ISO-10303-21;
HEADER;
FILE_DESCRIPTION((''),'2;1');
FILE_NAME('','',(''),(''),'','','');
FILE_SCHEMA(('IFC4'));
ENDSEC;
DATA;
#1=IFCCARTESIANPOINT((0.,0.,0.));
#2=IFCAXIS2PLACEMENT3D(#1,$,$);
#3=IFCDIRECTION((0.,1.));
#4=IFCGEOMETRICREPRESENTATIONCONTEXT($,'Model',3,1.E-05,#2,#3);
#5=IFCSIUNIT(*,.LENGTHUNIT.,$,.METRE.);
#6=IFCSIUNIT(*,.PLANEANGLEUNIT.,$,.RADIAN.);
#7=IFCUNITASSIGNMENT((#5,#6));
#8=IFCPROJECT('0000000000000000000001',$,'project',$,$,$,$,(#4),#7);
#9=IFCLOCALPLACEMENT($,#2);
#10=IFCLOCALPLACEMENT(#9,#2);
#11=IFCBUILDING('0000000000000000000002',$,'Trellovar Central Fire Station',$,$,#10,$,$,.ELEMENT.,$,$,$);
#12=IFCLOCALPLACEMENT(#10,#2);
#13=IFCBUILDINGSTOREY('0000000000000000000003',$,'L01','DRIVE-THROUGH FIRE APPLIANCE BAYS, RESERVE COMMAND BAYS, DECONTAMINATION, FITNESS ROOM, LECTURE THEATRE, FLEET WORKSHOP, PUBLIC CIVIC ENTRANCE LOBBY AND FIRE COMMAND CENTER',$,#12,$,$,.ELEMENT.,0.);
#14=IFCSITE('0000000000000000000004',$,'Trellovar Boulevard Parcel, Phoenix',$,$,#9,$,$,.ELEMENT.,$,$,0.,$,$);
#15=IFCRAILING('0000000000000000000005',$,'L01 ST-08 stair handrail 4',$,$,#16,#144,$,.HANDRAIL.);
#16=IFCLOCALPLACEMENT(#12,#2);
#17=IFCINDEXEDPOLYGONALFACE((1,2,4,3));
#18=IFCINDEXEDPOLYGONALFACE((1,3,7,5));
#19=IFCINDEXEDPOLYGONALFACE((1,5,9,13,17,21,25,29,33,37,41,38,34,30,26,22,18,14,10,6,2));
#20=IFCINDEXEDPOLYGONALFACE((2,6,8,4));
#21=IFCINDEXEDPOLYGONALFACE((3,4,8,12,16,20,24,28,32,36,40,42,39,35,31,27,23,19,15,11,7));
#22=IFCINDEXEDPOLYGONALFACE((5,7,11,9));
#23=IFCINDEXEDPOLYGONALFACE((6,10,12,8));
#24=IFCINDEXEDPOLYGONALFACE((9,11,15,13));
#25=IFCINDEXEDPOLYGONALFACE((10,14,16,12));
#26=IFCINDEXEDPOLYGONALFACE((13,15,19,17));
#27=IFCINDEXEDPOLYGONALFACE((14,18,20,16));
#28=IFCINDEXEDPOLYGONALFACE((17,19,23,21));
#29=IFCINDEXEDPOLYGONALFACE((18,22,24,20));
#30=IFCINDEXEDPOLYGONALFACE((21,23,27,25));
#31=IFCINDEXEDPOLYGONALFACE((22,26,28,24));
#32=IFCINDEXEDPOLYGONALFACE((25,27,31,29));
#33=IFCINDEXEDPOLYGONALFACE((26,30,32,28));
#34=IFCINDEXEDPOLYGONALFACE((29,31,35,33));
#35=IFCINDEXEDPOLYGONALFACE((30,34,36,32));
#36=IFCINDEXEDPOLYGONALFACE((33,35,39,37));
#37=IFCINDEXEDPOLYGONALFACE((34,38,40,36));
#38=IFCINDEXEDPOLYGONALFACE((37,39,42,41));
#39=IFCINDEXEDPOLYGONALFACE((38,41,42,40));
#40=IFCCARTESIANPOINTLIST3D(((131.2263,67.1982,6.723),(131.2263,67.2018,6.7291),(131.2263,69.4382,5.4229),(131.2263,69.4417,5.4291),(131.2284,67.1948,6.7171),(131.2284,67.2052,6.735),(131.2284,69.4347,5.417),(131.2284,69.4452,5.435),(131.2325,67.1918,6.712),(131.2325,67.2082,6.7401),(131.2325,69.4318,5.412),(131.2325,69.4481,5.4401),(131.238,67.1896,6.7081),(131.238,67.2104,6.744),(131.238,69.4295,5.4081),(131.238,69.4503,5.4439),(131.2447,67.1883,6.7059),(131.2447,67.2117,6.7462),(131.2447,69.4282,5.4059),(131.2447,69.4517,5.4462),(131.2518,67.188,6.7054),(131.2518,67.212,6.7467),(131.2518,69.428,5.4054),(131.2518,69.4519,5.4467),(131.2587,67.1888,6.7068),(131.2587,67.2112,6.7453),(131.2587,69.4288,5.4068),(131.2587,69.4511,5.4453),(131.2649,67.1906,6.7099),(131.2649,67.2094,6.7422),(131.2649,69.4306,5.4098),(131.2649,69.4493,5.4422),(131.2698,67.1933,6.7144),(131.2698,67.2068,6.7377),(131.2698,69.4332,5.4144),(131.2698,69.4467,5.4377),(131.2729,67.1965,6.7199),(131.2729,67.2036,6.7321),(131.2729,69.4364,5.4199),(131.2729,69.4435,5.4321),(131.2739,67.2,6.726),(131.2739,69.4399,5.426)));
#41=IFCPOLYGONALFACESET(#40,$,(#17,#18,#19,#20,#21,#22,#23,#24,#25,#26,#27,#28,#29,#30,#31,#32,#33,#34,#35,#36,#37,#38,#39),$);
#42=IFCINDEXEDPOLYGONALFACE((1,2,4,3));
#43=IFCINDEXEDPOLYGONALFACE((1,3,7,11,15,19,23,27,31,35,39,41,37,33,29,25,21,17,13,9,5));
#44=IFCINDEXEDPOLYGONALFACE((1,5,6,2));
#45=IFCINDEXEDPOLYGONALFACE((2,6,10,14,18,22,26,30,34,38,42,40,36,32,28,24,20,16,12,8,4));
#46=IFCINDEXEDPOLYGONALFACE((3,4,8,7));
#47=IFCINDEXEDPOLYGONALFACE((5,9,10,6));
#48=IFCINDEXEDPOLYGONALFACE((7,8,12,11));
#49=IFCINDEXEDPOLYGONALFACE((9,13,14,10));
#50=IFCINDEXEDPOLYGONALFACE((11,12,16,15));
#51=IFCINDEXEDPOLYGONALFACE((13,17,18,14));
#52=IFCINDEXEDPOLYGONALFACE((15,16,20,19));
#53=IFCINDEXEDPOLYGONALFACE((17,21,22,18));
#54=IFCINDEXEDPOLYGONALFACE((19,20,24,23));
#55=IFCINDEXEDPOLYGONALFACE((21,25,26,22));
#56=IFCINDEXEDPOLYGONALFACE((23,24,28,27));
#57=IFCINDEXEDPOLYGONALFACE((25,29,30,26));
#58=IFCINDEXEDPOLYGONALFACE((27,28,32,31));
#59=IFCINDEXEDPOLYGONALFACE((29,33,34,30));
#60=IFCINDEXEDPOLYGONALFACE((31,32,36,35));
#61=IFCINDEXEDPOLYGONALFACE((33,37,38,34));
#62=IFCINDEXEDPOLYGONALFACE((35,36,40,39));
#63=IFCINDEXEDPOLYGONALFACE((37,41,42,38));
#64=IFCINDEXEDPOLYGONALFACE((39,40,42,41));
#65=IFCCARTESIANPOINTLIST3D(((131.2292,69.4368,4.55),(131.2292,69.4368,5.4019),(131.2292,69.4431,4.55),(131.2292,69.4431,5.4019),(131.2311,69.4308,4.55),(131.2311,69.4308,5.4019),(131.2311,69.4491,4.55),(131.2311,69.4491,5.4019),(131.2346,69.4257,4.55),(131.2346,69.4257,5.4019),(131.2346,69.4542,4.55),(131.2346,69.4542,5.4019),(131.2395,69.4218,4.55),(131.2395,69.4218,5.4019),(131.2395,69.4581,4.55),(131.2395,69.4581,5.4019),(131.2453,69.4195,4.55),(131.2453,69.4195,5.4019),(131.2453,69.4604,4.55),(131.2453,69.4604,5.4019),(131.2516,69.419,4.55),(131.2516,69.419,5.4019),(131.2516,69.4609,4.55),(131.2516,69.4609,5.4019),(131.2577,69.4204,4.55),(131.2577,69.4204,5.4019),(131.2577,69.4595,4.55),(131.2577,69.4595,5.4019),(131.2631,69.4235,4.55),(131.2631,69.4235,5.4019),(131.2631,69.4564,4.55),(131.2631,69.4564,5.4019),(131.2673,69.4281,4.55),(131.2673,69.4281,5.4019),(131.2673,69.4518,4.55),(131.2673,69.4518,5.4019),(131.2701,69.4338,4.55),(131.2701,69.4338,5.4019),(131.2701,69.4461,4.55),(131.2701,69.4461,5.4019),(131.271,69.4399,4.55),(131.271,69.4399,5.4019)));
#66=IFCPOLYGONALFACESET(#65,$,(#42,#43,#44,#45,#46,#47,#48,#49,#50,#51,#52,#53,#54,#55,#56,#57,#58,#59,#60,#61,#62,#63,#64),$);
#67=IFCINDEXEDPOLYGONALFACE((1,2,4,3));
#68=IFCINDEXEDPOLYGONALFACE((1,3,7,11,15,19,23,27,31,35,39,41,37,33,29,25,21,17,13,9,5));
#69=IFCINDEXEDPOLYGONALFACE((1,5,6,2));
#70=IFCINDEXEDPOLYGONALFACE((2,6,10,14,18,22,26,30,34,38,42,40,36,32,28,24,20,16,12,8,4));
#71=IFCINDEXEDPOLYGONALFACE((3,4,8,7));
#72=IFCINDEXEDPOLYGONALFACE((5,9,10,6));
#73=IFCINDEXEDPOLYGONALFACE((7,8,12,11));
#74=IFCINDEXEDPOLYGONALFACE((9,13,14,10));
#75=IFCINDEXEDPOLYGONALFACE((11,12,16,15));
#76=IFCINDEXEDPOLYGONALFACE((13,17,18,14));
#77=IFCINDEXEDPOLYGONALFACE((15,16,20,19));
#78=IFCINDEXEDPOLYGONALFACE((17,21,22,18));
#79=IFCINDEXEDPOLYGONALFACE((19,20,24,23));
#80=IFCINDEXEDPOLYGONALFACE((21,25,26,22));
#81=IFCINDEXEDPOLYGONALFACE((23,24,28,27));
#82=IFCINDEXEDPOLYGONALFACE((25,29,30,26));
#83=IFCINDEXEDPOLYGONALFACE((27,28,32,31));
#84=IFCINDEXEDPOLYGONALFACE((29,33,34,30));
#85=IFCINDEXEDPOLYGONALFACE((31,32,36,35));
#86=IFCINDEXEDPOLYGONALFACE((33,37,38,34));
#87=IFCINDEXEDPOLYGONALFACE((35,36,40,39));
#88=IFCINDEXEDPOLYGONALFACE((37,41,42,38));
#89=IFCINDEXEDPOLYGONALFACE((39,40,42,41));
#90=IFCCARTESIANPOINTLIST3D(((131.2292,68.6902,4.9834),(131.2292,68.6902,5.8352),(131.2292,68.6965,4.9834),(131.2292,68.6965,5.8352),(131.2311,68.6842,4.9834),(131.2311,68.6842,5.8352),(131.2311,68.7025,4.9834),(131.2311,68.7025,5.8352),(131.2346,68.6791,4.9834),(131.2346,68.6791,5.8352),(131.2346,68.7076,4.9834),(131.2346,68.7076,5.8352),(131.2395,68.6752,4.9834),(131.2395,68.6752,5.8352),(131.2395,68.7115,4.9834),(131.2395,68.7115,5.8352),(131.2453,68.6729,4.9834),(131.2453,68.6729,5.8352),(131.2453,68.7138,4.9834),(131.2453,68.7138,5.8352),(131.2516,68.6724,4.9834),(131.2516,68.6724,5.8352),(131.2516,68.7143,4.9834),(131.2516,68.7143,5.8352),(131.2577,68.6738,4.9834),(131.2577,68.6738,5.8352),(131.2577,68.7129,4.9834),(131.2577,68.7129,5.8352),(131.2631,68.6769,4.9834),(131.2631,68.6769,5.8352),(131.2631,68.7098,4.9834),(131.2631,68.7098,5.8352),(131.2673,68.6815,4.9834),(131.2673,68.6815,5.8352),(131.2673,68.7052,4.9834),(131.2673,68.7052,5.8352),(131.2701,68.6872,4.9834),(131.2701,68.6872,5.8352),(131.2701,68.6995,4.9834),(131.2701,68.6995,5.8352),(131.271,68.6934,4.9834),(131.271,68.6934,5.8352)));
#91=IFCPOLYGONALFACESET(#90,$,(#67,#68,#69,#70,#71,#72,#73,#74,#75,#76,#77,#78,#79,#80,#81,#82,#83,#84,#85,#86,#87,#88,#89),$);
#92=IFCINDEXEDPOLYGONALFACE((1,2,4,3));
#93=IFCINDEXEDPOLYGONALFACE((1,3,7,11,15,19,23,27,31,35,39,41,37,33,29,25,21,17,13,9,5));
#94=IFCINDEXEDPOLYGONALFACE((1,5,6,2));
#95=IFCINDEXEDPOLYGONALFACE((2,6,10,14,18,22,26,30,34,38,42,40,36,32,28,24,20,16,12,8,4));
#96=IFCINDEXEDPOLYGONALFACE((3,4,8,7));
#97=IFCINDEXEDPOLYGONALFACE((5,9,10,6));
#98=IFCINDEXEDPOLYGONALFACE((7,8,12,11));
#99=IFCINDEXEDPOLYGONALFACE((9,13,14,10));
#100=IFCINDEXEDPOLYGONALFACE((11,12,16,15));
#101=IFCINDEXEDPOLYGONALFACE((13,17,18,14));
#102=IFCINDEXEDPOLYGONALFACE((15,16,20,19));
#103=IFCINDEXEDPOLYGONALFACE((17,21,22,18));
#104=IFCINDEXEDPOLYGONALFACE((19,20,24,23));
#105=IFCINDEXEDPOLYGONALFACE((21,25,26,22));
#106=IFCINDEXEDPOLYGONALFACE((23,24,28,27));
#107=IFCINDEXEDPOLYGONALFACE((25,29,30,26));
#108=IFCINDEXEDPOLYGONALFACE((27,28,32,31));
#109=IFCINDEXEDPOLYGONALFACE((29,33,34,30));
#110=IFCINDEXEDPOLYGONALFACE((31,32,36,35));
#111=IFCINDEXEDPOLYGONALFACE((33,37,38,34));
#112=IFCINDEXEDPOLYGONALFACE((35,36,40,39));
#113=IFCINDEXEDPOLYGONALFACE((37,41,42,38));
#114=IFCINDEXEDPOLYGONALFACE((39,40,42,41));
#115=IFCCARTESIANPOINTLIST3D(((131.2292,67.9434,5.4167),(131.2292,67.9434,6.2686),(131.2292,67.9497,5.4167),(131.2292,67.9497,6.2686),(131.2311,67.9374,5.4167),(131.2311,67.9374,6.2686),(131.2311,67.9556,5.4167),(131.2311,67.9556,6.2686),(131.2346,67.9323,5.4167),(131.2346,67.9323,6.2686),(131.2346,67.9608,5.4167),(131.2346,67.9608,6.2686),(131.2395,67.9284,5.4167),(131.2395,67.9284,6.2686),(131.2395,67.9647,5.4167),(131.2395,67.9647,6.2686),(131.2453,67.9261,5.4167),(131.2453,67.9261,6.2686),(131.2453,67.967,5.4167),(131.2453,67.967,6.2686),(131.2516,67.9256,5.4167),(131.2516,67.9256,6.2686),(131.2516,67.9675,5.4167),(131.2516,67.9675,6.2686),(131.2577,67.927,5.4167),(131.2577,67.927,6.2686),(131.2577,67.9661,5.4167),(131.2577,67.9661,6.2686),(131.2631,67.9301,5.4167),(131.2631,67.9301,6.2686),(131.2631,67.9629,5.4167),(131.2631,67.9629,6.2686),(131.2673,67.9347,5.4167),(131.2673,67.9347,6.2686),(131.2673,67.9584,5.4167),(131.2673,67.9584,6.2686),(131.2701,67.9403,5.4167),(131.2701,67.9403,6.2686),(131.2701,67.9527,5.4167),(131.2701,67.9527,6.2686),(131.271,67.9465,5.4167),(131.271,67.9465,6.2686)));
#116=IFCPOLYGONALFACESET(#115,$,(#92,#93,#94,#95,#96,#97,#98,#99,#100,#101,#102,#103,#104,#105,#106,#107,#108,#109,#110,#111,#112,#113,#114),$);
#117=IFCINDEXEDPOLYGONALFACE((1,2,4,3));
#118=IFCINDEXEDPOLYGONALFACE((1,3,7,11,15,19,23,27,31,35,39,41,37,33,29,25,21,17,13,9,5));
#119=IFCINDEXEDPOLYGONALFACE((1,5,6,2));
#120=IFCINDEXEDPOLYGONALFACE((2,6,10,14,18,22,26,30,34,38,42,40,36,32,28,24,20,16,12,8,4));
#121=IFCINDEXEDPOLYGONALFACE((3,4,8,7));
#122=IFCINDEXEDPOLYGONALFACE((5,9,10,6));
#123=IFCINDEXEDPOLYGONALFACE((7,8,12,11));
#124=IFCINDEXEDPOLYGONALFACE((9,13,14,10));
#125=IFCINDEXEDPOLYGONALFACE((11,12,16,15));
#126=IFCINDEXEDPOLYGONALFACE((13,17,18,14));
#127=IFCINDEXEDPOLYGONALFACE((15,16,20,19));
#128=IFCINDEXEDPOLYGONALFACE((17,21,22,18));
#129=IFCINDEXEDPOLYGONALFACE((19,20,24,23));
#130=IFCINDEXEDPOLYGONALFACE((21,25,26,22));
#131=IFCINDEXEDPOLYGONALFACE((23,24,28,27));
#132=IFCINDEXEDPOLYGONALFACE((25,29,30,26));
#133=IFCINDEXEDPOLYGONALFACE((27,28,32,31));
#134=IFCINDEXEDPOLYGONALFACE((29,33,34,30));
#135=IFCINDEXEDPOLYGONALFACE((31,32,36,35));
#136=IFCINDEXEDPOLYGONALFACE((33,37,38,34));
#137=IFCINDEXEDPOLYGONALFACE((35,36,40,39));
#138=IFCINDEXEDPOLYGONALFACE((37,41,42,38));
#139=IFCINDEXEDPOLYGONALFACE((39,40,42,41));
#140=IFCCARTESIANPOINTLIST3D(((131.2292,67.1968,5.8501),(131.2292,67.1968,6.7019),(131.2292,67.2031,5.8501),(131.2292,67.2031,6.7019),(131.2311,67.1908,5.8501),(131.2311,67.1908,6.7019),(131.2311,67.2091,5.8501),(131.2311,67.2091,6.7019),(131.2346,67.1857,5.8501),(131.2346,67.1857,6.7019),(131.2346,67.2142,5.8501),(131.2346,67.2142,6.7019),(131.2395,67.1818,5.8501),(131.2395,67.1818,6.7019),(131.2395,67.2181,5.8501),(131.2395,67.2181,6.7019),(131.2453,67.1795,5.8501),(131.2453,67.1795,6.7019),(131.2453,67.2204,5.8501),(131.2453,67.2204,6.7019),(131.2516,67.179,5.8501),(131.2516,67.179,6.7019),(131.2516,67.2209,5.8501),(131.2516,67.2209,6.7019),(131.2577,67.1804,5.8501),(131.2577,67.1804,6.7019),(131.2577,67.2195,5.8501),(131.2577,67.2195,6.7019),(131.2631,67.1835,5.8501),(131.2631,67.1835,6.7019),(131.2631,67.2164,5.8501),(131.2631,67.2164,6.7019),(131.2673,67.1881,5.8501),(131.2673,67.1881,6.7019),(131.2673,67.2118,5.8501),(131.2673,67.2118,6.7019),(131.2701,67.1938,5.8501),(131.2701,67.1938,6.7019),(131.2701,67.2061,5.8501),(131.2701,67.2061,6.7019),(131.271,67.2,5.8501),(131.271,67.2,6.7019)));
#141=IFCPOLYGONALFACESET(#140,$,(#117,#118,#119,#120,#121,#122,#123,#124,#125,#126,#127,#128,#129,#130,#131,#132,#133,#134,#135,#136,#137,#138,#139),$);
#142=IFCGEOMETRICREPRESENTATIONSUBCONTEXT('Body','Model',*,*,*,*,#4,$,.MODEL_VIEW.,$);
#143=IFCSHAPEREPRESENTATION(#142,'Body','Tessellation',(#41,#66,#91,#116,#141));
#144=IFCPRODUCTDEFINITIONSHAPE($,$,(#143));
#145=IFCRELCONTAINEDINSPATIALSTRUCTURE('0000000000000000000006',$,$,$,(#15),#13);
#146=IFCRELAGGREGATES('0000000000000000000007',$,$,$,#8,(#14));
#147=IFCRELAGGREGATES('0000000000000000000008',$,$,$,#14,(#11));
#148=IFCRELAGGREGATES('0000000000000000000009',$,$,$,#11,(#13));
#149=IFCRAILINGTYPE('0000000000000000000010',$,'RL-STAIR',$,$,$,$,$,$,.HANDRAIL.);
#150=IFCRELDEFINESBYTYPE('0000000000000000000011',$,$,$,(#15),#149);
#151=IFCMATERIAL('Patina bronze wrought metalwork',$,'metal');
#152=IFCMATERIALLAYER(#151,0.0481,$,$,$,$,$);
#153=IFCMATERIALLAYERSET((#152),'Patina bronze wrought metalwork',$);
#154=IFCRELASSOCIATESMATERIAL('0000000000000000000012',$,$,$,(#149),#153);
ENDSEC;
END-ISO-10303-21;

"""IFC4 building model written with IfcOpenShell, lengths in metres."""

from ifc_helpers import new_model, si_unit, direction, frame, origin, origin_2d, place, context, subcontext, project, spatial, circle, extrude, material, layer, layer_set, type_object, element, save


model = new_model("IFC4")

# Units and contexts
model_context = context("Model", 3, precision=1e-05, world=origin(), true_north=direction((0.0, 1.0)))
body_context = subcontext(model_context, "Body", "Model", "MODEL_VIEW")
ifc_project = project(units=[si_unit("LENGTHUNIT", "METRE"), si_unit("PLANEANGLEUNIT", "RADIAN")], contexts=[model_context])

# Site, building, storey
site_placement = place(None, origin())
site = spatial("IfcSite", under=ifc_project, at=site_placement, Name="Trellovar Boulevard Parcel, Phoenix", CompositionType="ELEMENT", RefElevation=0.0)
building_placement = place(site_placement, origin())
building = spatial("IfcBuilding", under=site, at=building_placement, Name="Trellovar Central Fire Station", CompositionType="ELEMENT")
storey_placement = place(building_placement, origin())
storey = spatial("IfcBuildingStorey", under=building, at=storey_placement, Name="L01", Description="DRIVE-THROUGH FIRE APPLIANCE BAYS, RESERVE COMMAND BAYS, DECONTAMINATION, FITNESS ROOM, LECTURE THEATRE, FLEET WORKSHOP, PUBLIC CIVIC ENTRANCE LOBBY AND FIRE COMMAND CENTER", CompositionType="ELEMENT", Elevation=0.0)

# Railing
ifc_material_1 = material(Name="Patina bronze wrought metalwork", Category="metal")
ifc_layer_1 = layer(ifc_material_1, 0.0481)
ifc_layer_set_1 = layer_set([ifc_layer_1], Name="Patina bronze wrought metalwork")
railing_type = type_object("IfcRailingType", Name="RL-STAIR", PredefinedType="HANDRAIL", material=ifc_layer_set_1)
for number, where, name in (
    (1, (131.25, 69.4399, 4.55), "L01 ST-08 stair handrail 4"),
):
    element("IfcRailing", number, at=place(storey_placement, frame(where)), inside=storey, type_object=railing_type, Name=name, PredefinedType="HANDRAIL", context=body_context, shape_type="SweptSolid", body=[
        extrude(circle(Radius=0.0239, at=origin_2d()), frame((0.0, 0.0, 0.876), z_axis=(0.0, -0.864888, 0.501965), x_axis=(1.0, 0.0, 0.0)), (0.0, 0.0, 1.0), 2.5898),
        extrude(circle(Radius=0.021, at=origin_2d()), origin(), (0.0, 0.0, 1.0), 0.8518),
        extrude(circle(Radius=0.021, at=origin_2d()), frame((0.0, -0.7466, 0.4333)), (0.0, 0.0, 1.0), 0.8518),
        extrude(circle(Radius=0.021, at=origin_2d()), frame((0.0, -1.4934, 0.8667)), (0.0, 0.0, 1.0), 0.8518),
        extrude(circle(Radius=0.021, at=origin_2d()), frame((0.0, -2.24, 1.3)), (0.0, 0.0, 1.0), 0.8518),
    ])

save(model, "model.ifc")
